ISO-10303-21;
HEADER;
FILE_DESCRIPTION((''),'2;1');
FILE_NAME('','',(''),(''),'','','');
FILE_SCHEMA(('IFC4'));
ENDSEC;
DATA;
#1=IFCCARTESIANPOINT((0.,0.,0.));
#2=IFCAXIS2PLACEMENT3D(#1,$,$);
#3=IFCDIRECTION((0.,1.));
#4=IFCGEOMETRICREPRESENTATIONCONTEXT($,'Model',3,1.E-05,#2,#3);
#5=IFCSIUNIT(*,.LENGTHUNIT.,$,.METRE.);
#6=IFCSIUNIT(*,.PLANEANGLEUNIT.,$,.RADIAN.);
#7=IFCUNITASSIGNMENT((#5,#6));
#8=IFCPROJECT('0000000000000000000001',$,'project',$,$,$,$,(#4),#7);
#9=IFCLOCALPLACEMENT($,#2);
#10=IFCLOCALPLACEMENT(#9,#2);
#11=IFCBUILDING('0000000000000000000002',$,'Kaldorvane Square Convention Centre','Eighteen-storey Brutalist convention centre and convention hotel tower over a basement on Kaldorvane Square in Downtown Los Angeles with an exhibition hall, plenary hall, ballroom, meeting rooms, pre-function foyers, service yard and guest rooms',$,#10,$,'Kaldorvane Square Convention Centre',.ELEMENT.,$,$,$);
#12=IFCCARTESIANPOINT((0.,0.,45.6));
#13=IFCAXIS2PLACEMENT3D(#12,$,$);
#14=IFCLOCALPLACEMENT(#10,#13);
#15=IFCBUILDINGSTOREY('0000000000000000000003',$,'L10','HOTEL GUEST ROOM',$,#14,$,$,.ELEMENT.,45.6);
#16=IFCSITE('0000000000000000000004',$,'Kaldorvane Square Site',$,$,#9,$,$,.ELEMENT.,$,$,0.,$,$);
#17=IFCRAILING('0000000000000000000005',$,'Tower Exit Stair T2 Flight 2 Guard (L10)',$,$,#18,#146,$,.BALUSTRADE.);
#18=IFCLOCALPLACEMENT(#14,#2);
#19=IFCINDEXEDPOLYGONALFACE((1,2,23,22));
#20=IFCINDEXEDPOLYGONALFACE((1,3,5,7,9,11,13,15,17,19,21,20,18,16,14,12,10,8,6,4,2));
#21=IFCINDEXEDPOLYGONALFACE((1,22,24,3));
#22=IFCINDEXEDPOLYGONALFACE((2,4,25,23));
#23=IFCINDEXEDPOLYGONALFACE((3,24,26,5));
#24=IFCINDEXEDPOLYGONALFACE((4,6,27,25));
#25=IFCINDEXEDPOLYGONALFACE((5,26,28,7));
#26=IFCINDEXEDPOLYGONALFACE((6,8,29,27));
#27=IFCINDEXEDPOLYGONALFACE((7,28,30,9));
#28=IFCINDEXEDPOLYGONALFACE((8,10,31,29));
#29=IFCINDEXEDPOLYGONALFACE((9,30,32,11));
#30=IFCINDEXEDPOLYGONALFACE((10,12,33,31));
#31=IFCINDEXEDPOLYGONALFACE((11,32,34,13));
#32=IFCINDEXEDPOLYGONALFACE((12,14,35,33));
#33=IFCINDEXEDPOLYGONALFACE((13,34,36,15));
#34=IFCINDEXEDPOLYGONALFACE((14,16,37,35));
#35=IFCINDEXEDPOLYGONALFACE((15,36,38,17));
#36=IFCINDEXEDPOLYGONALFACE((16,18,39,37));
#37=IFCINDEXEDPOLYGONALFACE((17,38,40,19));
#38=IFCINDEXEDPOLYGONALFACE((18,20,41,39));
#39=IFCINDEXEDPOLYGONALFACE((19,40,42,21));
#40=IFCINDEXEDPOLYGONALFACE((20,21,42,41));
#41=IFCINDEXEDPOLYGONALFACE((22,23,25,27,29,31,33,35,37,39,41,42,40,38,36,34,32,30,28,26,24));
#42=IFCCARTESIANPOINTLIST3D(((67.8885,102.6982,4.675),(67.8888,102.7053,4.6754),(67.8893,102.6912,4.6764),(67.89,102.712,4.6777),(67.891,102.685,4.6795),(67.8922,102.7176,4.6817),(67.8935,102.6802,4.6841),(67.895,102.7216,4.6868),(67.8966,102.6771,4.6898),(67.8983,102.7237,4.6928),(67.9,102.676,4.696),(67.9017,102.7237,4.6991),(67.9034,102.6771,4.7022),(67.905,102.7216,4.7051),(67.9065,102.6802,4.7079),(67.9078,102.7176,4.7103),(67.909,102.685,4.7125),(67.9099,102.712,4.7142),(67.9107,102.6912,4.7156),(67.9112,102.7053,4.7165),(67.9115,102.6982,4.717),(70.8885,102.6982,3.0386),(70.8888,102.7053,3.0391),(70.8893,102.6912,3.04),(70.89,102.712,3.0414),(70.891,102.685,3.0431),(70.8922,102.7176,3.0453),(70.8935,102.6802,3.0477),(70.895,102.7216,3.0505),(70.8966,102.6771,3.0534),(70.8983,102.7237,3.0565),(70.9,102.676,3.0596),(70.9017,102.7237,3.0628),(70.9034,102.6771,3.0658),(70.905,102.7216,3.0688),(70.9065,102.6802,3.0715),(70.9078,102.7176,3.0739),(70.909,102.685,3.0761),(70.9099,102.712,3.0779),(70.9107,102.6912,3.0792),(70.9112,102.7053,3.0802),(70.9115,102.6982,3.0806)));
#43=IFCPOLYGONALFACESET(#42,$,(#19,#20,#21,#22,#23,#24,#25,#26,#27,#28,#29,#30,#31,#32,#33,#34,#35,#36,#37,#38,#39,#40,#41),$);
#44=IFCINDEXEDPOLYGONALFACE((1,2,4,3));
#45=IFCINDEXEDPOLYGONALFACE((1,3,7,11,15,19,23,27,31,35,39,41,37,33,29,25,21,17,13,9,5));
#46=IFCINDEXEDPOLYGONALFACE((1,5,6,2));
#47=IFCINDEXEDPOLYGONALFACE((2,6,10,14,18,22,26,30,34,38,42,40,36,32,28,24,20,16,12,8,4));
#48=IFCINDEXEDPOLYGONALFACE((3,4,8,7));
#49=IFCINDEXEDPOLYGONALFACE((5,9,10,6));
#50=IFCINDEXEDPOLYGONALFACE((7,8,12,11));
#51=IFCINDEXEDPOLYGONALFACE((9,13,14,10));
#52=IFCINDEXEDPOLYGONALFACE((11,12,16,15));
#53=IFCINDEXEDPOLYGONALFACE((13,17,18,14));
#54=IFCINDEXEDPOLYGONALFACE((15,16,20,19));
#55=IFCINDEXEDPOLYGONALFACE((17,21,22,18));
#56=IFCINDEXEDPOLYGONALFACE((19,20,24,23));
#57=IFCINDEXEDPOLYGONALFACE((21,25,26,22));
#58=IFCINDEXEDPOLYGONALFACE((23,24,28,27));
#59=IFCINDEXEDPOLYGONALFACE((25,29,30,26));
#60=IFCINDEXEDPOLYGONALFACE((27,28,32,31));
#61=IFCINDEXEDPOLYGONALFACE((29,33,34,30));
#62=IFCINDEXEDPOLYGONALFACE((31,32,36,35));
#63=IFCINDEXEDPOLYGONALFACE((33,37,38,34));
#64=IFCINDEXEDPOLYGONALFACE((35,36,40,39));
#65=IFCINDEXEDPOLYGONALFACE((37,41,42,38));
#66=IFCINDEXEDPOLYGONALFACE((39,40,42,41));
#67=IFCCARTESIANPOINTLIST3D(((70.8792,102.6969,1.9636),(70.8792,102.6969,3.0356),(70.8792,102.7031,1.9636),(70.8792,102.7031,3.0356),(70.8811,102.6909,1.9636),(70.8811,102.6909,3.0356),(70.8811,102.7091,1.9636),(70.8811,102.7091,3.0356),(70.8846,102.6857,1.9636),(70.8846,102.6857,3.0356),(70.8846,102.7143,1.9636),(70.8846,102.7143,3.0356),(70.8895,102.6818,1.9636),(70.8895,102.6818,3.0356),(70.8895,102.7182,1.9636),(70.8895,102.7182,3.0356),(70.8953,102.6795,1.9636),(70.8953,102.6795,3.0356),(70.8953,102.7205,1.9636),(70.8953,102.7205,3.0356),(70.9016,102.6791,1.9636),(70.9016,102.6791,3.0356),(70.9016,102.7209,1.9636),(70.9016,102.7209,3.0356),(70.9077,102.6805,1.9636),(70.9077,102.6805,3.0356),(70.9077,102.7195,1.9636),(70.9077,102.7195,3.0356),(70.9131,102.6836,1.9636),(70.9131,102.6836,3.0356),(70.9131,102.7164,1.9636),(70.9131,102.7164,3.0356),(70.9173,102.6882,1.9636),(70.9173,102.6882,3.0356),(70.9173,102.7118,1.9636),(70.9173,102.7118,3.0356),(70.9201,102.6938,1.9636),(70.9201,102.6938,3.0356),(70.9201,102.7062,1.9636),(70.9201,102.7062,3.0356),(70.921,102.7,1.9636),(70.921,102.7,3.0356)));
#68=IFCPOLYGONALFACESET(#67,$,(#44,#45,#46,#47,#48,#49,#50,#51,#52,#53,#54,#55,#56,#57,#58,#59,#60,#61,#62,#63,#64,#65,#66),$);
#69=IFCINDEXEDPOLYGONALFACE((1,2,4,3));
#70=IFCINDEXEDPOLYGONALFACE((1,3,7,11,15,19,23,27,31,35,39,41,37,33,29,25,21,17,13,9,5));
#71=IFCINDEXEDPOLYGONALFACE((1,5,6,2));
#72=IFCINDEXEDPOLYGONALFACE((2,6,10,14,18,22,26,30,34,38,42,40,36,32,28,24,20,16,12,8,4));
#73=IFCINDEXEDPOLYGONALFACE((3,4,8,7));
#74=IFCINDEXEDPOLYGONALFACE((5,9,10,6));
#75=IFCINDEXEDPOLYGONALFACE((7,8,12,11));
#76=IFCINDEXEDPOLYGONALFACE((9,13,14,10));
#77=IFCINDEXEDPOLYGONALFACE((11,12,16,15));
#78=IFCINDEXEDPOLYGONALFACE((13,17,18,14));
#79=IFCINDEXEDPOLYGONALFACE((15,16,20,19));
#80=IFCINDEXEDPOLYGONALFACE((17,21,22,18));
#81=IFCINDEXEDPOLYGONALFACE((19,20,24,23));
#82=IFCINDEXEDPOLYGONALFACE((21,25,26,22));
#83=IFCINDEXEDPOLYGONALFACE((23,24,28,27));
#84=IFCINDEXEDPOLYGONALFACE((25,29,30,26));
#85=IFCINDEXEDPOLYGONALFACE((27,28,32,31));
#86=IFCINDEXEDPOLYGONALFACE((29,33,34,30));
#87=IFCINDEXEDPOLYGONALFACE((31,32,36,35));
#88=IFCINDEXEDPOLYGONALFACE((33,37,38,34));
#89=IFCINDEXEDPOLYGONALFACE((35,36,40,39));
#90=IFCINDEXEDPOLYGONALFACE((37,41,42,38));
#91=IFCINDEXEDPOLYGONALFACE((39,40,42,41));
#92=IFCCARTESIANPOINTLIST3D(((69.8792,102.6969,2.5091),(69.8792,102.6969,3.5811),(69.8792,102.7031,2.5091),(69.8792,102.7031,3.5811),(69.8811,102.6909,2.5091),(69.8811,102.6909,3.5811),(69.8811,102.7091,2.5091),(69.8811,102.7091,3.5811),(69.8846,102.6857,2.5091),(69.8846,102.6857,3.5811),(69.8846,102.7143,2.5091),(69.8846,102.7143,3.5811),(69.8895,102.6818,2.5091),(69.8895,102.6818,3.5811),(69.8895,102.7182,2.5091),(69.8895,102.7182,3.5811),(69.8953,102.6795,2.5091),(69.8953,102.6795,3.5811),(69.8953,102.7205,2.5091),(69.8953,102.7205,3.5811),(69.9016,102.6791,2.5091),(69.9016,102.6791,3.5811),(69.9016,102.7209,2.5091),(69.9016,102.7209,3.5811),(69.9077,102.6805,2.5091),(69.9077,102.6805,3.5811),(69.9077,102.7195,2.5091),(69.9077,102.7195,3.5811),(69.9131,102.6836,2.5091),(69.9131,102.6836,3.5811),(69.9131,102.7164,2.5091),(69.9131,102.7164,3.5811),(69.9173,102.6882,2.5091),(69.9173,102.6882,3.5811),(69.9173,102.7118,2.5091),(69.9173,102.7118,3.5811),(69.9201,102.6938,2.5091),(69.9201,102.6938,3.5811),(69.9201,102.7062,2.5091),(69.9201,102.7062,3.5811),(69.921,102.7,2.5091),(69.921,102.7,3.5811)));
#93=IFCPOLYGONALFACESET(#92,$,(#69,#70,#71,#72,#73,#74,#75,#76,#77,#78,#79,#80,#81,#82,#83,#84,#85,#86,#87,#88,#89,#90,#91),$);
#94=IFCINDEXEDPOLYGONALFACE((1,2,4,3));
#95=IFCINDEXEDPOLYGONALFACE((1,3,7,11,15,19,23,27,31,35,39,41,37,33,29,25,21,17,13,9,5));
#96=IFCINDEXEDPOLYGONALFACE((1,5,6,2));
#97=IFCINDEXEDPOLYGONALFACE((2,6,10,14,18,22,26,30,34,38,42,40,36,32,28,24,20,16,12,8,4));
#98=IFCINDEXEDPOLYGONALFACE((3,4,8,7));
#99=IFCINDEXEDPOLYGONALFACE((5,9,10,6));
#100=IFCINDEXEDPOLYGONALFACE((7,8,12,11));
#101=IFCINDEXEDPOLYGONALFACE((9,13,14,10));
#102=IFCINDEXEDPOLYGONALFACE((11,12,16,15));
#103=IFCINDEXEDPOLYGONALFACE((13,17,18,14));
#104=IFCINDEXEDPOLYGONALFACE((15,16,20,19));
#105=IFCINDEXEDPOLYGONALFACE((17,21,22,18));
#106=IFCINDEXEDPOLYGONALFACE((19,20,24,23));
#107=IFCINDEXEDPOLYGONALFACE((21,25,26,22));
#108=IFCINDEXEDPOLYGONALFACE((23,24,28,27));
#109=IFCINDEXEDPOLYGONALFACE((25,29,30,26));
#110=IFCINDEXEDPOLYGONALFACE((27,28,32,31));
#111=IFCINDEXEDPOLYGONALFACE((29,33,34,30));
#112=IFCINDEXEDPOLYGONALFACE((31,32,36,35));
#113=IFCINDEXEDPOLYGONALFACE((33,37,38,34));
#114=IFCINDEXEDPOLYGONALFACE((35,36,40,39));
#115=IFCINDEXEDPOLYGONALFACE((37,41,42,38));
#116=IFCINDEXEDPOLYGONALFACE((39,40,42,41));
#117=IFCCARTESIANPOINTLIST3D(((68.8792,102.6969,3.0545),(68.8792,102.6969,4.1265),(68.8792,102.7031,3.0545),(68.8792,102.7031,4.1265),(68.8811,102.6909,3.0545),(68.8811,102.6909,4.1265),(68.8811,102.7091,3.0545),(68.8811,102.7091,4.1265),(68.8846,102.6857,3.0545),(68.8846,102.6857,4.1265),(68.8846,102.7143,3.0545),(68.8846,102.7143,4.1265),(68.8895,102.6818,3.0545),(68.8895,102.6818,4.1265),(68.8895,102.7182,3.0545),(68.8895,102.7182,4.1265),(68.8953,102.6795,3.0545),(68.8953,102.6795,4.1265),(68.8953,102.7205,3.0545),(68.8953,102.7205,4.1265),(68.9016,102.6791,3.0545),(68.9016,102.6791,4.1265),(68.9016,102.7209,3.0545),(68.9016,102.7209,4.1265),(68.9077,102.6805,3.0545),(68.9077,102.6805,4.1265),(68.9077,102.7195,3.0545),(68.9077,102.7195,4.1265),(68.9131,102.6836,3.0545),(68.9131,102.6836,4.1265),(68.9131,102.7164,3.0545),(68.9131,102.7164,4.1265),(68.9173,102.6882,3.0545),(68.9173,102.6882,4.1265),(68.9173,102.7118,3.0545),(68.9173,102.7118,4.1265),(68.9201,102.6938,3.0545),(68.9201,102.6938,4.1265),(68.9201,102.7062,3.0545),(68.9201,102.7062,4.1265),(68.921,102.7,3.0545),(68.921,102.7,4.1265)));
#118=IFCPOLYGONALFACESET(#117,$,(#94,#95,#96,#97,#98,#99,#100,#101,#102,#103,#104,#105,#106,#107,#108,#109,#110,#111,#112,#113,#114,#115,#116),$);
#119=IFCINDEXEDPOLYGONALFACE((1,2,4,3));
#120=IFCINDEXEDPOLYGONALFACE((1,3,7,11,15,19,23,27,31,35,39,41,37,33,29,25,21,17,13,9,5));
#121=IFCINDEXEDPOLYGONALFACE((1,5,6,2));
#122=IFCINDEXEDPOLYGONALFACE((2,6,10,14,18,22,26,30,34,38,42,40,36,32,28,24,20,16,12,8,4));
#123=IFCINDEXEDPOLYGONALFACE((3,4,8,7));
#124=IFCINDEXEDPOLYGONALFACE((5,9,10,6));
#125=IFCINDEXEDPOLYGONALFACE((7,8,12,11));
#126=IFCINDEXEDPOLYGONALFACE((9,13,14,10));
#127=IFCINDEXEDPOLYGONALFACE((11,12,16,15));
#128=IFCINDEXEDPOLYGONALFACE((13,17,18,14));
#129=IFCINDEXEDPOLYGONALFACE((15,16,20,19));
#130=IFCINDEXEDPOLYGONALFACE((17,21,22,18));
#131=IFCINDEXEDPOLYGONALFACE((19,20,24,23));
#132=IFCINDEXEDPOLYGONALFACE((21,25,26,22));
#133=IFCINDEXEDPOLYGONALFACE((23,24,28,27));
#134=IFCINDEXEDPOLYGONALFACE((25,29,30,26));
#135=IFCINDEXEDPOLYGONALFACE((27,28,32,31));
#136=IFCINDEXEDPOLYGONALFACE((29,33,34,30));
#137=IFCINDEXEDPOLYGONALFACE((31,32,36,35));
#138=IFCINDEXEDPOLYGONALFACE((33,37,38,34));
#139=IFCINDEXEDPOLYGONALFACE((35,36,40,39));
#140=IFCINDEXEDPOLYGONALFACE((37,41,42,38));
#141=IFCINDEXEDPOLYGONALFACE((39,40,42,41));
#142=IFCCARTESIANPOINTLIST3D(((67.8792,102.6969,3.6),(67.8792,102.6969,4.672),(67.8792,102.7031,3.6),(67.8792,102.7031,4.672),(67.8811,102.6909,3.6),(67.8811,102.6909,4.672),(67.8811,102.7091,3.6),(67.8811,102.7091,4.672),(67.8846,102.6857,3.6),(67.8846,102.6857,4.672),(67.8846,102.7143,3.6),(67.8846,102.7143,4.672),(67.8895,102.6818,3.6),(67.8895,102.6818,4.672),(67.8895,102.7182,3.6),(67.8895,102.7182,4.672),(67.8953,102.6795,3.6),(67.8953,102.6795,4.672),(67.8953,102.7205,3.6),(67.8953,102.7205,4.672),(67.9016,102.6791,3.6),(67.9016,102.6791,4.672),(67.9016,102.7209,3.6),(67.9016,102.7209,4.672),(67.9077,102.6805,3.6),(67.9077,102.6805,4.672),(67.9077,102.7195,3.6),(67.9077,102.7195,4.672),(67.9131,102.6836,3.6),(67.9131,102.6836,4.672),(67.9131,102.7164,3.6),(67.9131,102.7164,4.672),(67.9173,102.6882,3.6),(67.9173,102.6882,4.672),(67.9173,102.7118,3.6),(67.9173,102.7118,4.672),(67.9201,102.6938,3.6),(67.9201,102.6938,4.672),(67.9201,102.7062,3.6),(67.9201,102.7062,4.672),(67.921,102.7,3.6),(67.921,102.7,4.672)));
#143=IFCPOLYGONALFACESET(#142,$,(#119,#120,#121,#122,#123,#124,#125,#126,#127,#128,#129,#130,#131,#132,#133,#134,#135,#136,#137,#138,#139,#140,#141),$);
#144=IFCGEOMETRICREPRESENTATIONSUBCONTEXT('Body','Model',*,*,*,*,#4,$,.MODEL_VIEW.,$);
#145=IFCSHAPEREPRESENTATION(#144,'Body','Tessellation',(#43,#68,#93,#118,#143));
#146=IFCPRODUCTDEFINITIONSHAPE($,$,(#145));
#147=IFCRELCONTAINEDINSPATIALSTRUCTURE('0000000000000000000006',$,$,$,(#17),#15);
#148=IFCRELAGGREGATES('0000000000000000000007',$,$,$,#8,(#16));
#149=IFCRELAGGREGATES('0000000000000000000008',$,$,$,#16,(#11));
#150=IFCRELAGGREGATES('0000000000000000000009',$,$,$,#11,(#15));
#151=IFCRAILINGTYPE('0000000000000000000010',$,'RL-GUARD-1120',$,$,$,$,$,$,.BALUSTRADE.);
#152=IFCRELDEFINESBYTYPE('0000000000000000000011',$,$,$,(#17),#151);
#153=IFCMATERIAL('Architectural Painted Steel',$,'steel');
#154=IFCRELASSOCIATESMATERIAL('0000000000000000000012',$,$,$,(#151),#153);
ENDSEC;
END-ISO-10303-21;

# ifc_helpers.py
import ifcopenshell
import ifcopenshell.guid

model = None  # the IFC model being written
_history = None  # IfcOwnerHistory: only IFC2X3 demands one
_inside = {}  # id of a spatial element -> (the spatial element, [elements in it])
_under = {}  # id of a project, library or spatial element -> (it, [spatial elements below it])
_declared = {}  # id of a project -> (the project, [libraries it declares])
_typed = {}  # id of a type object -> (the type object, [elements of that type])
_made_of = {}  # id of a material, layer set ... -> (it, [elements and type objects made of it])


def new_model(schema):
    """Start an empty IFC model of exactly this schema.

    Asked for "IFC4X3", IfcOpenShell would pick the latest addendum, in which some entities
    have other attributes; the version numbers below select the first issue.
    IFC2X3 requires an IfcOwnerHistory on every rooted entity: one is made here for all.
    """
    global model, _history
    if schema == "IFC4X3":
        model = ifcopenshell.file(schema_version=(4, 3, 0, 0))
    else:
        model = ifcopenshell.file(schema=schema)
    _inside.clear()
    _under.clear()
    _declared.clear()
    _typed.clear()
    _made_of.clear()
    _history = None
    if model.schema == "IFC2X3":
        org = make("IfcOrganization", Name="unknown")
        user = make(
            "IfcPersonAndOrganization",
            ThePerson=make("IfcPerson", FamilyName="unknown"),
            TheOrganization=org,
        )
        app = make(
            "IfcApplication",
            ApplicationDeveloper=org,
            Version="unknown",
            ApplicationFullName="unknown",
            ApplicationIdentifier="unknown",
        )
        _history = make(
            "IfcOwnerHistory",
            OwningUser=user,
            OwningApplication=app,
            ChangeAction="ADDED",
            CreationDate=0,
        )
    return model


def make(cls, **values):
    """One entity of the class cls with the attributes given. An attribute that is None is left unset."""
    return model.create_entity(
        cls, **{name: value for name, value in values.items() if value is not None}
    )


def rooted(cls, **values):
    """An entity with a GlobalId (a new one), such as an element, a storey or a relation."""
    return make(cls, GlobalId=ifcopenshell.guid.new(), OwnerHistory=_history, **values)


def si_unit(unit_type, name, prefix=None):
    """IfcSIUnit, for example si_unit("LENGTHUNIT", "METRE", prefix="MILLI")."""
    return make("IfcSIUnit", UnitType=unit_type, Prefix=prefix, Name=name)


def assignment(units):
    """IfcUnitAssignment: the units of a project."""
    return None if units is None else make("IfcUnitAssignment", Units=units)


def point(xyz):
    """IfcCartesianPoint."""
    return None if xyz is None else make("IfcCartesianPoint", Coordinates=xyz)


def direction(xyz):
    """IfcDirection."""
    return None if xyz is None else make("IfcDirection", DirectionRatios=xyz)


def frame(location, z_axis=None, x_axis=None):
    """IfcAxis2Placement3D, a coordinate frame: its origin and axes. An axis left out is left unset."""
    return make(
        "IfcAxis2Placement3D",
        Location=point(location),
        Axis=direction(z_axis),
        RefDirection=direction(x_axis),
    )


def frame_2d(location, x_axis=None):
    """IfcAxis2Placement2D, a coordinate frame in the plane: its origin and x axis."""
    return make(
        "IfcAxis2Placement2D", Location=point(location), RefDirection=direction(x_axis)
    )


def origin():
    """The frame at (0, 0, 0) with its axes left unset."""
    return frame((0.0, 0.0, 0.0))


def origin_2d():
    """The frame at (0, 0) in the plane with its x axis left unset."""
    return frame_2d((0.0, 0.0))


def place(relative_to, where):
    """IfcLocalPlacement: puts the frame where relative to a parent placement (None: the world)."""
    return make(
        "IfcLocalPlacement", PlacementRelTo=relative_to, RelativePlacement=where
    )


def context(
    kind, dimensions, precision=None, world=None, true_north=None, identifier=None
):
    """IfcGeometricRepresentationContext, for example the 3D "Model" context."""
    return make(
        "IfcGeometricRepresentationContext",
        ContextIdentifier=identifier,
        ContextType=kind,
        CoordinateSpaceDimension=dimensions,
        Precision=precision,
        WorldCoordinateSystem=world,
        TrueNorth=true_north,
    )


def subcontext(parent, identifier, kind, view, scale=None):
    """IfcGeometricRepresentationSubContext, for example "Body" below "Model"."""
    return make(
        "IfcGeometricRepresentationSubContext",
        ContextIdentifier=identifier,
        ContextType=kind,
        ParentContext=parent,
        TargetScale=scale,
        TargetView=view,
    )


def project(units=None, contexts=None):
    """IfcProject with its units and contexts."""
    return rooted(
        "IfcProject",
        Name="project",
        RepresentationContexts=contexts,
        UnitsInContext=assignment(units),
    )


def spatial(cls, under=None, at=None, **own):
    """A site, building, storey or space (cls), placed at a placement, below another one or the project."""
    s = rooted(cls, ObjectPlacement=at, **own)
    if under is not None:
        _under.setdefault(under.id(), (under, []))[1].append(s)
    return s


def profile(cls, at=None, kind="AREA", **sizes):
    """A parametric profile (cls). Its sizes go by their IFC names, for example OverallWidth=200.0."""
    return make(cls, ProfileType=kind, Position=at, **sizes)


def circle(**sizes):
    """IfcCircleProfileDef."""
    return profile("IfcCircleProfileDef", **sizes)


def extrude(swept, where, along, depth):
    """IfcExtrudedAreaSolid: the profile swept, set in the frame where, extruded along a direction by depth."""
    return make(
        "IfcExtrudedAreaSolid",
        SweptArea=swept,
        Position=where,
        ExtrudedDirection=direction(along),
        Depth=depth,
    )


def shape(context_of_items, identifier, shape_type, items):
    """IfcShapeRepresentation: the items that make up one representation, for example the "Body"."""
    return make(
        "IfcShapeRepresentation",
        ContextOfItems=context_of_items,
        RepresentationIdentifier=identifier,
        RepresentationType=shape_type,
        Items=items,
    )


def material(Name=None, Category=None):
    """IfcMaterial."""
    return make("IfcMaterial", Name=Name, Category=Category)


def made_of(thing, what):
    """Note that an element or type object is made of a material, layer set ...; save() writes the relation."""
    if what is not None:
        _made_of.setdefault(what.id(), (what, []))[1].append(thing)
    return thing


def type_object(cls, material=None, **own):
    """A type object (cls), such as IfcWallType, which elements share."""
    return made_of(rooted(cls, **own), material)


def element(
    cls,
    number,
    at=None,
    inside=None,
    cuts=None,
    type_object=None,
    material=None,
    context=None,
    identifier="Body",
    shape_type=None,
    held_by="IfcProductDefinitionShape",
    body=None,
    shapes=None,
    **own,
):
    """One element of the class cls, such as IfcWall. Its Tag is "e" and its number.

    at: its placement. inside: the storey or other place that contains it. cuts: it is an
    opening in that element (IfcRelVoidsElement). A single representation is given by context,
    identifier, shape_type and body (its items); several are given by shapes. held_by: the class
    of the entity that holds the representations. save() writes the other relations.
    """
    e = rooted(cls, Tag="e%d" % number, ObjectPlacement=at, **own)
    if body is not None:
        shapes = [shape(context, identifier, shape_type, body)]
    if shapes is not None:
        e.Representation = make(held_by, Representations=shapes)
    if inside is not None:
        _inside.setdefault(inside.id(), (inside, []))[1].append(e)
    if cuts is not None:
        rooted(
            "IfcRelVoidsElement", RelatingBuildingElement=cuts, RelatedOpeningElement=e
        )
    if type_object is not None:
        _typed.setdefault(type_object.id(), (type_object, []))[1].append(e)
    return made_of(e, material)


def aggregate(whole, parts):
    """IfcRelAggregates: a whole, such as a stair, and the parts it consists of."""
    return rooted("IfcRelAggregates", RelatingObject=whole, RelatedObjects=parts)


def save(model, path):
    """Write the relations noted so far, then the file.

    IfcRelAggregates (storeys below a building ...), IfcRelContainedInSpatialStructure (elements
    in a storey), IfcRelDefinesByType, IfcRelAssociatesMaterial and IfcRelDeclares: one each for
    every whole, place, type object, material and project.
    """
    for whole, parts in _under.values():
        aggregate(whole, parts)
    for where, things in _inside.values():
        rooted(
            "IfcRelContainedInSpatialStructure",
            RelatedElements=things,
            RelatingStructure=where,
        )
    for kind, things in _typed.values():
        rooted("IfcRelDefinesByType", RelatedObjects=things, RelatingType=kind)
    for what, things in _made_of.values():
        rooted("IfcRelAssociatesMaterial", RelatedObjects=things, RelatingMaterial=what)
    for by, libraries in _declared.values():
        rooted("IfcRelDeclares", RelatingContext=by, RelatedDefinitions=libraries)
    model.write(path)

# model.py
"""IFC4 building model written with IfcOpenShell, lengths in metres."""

from ifc_helpers import new_model, si_unit, direction, frame, origin, origin_2d, place, context, subcontext, project, spatial, circle, extrude, material, type_object, element, save


model = new_model("IFC4")

# Units and contexts
model_context = context("Model", 3, precision=1e-05, world=origin(), true_north=direction((0.0, 1.0)))
body_context = subcontext(model_context, "Body", "Model", "MODEL_VIEW")
ifc_project = project(units=[si_unit("LENGTHUNIT", "METRE"), si_unit("PLANEANGLEUNIT", "RADIAN")], contexts=[model_context])

# Site, building, storey
site_placement = place(None, origin())
site = spatial("IfcSite", under=ifc_project, at=site_placement, Name="Kaldorvane Square Site", CompositionType="ELEMENT", RefElevation=0.0)
building_placement = place(site_placement, origin())
building = spatial("IfcBuilding", under=site, at=building_placement, Name="Kaldorvane Square Convention Centre", Description="Eighteen-storey Brutalist convention centre and convention hotel tower over a basement on Kaldorvane Square in Downtown Los Angeles with an exhibition hall, plenary hall, ballroom, meeting rooms, pre-function foyers, service yard and guest rooms", LongName="Kaldorvane Square Convention Centre", CompositionType="ELEMENT")
storey_placement = place(building_placement, frame((0.0, 0.0, 45.6)))
storey = spatial("IfcBuildingStorey", under=building, at=storey_placement, Name="L10", Description="HOTEL GUEST ROOM", CompositionType="ELEMENT", Elevation=45.6)

# Railing
ifc_material_1 = material(Name="Architectural Painted Steel", Category="steel")
railing_type_1 = type_object("IfcRailingType", Name="RL-GUARD-1120", PredefinedType="BALUSTRADE", material=ifc_material_1)
railing_1_placement = place(storey_placement, frame((70.9, 102.7, 1.9636)))
element("IfcRailing", 1, at=railing_1_placement, inside=storey, type_object=railing_type_1, Name="Tower Exit Stair T2 Flight 2 Guard (L10)", PredefinedType="BALUSTRADE", context=body_context, shape_type="SweptSolid", body=[
    extrude(circle(Radius=0.024, at=origin_2d()), frame((0.0, 0.0, 1.096), z_axis=(-0.877895, 0.0, 0.478853), x_axis=(0.0, -1.0, 0.0)), (0.0, 0.0, 1.0), 3.4173),
    extrude(circle(Radius=0.021, at=origin_2d()), origin(), (0.0, 0.0, 1.0), 1.072),
    extrude(circle(Radius=0.021, at=origin_2d()), frame((-1.0, 0.0, 0.5455)), (0.0, 0.0, 1.0), 1.072),
    extrude(circle(Radius=0.021, at=origin_2d()), frame((-2.0, 0.0, 1.0909)), (0.0, 0.0, 1.0), 1.072),
    extrude(circle(Radius=0.021, at=origin_2d()), frame((-3.0, 0.0, 1.6364)), (0.0, 0.0, 1.0), 1.072),
])

save(model, "model.ifc")
